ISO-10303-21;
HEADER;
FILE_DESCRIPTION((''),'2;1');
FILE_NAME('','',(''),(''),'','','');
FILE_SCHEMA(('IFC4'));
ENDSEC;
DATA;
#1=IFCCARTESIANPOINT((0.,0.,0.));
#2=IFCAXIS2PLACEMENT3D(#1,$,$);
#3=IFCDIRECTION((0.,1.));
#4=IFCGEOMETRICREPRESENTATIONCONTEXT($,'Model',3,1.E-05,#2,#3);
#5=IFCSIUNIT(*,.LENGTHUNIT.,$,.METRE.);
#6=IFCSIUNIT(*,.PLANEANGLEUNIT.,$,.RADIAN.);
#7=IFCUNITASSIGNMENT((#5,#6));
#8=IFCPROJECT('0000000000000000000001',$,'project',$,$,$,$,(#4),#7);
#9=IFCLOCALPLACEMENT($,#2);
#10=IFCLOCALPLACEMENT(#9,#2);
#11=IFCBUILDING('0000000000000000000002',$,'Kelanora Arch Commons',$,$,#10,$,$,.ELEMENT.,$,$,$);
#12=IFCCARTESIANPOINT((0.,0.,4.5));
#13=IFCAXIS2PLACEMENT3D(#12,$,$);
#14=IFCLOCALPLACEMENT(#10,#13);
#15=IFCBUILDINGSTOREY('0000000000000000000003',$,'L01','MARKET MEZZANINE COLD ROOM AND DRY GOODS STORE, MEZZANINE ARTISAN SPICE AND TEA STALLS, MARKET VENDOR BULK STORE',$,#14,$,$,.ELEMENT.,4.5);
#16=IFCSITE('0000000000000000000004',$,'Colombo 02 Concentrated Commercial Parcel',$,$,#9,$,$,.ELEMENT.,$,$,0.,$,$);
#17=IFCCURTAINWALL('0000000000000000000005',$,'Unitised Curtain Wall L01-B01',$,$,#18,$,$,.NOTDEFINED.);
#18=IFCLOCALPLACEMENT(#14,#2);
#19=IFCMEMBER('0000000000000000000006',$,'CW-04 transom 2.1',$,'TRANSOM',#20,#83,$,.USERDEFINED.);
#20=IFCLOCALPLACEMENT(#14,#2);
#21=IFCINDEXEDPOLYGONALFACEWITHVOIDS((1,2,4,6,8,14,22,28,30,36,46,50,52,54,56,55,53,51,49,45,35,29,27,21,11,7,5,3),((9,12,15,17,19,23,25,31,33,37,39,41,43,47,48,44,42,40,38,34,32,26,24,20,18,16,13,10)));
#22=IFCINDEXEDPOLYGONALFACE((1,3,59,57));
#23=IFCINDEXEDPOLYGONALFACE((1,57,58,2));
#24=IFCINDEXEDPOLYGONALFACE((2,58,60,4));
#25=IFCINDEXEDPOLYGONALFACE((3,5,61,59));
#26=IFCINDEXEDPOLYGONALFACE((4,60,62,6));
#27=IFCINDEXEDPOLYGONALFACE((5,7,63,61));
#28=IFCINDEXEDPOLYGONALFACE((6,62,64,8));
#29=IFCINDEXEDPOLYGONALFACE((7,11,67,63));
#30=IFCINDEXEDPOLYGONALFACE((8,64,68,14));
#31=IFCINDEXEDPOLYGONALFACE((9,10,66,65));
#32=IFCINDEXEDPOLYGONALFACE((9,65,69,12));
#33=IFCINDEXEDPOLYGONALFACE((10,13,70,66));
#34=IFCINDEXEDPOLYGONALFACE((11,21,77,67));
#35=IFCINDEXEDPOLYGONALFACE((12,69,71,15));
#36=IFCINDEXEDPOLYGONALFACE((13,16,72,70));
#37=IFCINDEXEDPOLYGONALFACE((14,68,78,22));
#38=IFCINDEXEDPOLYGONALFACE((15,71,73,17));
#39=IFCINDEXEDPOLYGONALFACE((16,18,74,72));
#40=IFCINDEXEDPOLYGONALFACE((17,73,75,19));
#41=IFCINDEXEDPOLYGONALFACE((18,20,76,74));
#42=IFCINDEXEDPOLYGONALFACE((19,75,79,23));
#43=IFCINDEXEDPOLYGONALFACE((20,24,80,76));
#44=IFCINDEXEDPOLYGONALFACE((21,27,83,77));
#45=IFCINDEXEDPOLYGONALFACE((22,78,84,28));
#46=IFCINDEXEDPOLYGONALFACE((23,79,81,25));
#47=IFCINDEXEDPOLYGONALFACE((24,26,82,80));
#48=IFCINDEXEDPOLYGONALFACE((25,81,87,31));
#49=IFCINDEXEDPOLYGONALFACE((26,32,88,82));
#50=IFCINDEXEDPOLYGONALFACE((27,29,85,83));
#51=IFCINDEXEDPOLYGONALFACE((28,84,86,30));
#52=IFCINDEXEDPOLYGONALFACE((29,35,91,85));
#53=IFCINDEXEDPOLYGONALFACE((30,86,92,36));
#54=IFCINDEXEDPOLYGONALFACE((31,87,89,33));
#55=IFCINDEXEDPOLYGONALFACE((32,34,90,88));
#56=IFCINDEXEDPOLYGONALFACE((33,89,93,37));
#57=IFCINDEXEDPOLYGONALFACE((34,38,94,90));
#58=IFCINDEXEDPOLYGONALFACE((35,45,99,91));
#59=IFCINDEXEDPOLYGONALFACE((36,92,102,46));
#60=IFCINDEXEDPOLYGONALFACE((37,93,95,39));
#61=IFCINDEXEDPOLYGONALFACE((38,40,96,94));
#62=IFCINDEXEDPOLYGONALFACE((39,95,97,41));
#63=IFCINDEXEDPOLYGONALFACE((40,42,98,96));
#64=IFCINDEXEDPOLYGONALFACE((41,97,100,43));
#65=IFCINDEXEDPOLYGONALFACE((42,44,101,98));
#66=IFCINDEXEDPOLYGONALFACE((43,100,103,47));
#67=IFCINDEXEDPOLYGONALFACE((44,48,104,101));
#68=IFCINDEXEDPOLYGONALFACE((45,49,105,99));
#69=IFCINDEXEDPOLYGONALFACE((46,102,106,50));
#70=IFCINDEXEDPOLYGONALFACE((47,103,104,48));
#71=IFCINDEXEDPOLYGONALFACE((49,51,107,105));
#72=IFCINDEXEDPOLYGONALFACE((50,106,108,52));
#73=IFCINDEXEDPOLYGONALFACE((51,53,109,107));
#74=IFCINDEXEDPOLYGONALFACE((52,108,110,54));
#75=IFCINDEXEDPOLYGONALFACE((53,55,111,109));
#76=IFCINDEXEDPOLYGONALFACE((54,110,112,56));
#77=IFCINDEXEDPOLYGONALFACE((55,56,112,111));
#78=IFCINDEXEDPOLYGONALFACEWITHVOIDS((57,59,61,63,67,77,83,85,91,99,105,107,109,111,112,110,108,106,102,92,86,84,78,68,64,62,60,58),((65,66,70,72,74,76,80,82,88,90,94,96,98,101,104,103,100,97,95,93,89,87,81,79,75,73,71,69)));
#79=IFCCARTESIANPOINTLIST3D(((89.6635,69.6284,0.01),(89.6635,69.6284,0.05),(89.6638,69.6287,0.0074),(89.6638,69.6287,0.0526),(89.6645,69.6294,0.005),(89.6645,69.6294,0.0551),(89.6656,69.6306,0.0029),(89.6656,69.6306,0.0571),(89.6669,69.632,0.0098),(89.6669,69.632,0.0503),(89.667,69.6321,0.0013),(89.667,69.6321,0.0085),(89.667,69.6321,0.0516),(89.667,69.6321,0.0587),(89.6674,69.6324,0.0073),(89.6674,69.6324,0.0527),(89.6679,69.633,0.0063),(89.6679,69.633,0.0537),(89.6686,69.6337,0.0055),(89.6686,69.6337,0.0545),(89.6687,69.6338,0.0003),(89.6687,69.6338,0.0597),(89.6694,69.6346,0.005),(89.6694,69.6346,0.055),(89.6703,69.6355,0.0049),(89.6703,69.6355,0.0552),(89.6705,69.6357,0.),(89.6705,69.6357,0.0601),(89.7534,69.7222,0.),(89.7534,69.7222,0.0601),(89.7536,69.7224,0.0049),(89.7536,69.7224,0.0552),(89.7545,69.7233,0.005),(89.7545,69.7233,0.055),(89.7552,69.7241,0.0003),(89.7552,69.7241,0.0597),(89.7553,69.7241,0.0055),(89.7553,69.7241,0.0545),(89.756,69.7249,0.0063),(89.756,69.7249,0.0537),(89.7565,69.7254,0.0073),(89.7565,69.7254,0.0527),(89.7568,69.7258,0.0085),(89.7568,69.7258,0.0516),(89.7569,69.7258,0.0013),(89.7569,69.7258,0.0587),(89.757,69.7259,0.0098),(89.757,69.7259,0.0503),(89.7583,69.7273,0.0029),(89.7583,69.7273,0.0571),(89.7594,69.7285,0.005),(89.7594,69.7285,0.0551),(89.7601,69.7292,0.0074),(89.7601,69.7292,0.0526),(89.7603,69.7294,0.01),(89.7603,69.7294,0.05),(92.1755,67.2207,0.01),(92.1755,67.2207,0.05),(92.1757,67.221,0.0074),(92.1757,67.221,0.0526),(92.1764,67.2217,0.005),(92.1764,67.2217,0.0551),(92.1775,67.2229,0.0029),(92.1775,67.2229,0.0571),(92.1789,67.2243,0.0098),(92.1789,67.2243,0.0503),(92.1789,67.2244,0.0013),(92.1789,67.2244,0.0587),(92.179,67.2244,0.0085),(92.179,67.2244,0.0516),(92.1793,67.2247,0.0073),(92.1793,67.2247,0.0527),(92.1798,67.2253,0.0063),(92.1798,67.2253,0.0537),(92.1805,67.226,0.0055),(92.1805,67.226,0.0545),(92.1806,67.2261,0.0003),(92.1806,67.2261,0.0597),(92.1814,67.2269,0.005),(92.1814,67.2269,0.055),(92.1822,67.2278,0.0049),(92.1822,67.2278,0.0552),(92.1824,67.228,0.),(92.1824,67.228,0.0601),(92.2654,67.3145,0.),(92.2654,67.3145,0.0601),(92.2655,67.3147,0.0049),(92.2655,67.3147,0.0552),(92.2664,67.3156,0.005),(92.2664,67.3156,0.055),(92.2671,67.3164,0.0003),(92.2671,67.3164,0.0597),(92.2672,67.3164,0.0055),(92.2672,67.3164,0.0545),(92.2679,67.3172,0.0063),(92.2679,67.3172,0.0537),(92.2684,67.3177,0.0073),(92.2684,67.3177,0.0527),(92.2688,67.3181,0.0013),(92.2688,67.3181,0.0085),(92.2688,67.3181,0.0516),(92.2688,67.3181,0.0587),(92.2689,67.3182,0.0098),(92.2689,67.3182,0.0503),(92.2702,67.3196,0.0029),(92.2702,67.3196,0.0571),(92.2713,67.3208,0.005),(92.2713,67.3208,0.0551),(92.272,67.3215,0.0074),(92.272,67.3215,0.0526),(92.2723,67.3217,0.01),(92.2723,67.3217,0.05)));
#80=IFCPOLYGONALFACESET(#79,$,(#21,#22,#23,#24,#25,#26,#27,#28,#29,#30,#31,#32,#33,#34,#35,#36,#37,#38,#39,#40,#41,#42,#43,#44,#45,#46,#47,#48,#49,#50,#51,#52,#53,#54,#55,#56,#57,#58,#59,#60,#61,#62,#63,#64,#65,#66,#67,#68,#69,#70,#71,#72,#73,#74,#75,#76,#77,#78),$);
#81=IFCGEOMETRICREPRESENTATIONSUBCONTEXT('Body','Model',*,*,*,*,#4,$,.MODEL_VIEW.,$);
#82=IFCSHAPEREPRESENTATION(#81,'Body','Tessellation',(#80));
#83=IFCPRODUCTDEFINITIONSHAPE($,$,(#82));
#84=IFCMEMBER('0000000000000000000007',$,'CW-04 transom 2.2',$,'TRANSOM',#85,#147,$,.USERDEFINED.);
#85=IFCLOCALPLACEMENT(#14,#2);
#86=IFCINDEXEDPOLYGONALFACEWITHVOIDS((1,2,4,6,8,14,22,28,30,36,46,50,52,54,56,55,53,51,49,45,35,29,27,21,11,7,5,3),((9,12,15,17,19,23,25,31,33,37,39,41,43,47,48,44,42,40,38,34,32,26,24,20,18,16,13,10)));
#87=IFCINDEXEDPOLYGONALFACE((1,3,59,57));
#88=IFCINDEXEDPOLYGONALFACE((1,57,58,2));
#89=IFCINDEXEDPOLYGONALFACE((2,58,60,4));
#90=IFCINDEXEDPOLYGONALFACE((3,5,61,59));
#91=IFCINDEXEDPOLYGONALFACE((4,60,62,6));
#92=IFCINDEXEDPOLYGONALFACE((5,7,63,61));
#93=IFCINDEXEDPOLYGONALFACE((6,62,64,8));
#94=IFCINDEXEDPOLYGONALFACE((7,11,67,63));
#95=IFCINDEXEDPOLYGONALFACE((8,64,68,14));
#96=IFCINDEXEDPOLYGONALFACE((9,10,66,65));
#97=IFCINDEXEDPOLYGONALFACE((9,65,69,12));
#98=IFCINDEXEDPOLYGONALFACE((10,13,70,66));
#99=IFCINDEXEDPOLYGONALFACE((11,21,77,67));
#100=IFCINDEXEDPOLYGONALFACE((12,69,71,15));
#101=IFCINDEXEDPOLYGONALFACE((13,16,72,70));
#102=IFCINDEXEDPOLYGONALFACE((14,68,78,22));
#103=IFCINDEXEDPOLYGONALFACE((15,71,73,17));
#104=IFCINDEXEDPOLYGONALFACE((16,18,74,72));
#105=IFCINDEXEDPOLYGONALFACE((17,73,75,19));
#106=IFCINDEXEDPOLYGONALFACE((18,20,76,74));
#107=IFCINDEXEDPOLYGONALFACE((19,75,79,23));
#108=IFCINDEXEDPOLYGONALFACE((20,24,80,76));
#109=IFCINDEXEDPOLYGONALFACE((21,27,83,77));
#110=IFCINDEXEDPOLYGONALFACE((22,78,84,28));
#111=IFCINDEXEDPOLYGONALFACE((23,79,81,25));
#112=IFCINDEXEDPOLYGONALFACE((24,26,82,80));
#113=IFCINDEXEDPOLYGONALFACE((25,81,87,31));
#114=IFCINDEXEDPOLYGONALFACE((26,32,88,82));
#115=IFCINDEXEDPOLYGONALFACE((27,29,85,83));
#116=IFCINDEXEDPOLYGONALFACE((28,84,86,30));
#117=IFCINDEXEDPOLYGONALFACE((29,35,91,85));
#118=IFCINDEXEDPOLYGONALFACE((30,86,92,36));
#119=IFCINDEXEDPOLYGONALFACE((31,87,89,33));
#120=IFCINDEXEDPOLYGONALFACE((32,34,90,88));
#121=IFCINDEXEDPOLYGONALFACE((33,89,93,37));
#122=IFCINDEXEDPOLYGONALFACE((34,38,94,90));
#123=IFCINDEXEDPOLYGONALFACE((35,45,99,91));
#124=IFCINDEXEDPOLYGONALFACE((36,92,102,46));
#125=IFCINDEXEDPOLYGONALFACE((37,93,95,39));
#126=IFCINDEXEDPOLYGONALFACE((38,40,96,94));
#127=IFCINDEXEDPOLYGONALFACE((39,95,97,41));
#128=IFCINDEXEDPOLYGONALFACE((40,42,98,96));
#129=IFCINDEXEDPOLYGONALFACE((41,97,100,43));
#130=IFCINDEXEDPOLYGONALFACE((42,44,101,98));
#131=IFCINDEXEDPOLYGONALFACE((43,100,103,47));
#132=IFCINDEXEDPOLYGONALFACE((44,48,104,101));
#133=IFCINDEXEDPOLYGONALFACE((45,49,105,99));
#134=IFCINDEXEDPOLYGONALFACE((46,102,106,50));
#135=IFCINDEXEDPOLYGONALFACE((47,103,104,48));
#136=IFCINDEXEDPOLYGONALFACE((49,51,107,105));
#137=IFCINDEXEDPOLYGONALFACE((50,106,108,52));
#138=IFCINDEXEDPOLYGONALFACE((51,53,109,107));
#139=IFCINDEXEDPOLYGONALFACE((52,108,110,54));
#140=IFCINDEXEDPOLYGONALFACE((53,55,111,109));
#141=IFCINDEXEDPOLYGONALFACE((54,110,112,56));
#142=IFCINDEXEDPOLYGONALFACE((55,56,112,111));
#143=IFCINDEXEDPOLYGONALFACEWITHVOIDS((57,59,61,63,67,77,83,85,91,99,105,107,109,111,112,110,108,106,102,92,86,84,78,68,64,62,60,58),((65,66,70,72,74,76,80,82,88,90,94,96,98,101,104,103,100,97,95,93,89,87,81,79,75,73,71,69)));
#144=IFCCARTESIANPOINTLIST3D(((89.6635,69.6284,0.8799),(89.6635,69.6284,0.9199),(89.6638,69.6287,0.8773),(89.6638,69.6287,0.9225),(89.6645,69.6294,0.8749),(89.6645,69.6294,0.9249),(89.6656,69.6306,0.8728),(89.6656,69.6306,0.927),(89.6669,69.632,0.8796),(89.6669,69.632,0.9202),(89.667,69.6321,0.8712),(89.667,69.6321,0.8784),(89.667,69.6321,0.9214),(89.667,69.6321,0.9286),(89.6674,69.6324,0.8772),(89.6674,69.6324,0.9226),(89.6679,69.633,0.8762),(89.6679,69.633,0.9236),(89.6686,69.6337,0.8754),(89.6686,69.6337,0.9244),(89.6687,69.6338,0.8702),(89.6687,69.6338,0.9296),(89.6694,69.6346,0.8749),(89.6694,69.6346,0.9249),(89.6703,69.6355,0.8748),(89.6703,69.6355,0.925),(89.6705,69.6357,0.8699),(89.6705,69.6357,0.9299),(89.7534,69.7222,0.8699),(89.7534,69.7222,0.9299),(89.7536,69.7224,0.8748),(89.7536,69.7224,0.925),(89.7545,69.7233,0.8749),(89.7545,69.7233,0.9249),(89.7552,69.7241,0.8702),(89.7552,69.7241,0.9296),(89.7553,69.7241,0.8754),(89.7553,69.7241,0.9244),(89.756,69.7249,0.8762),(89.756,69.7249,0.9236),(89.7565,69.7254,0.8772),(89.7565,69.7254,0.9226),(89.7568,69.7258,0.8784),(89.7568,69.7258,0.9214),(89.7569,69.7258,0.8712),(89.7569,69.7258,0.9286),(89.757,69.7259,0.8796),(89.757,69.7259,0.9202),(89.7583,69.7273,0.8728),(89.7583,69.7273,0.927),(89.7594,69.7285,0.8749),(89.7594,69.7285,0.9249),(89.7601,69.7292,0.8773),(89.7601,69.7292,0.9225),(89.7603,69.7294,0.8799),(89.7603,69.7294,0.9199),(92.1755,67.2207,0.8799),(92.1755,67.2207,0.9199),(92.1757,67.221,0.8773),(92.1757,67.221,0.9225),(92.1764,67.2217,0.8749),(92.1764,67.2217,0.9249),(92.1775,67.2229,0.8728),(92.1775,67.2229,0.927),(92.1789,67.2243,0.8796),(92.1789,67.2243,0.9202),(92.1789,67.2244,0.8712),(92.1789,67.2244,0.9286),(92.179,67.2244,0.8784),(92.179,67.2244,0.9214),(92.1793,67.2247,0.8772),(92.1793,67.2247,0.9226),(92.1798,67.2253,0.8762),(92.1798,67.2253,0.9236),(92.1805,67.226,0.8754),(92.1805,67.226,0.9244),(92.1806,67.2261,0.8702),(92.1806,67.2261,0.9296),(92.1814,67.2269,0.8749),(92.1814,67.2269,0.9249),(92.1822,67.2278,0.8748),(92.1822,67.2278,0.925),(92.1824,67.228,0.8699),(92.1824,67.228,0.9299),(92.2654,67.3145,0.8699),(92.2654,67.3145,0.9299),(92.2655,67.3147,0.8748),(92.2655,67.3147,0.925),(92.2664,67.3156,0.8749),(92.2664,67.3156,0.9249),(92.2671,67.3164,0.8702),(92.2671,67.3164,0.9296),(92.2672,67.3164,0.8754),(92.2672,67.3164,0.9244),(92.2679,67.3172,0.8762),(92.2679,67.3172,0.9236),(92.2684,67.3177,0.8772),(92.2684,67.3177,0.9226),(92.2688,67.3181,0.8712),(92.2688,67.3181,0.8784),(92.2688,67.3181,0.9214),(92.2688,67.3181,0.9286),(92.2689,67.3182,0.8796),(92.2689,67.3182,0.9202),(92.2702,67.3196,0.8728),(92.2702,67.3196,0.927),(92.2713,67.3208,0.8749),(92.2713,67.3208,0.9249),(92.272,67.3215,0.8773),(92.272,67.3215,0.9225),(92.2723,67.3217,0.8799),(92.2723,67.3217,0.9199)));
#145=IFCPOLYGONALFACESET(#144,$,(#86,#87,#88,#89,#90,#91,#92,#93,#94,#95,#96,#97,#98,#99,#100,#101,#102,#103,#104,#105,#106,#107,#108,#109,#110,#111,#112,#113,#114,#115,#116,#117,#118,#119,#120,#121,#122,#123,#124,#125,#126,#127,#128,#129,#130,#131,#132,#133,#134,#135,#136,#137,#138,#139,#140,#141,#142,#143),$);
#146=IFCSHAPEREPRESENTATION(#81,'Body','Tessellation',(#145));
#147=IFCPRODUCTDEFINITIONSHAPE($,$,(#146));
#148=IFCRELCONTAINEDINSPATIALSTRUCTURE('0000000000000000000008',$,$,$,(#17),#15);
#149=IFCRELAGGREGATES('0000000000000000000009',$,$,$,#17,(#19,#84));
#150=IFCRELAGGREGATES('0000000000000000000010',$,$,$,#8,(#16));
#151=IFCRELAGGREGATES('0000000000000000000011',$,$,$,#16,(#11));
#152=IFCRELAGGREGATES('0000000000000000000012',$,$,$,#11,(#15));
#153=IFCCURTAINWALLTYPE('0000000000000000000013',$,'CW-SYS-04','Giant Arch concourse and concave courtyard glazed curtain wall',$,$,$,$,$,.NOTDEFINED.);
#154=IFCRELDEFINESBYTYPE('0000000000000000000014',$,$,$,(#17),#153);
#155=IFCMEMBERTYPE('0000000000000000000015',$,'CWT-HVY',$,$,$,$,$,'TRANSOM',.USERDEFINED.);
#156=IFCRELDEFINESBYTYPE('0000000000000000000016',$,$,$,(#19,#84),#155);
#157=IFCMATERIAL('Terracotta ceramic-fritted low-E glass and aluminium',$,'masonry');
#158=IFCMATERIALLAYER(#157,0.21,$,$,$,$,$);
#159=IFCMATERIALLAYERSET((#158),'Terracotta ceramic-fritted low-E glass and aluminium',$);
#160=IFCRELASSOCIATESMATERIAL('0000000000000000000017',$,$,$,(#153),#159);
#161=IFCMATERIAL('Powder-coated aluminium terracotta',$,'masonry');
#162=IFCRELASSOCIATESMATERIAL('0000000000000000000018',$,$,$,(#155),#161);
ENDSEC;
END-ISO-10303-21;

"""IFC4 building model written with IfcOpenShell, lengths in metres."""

from ifc_helpers import new_model, si_unit, direction, frame, origin, origin_2d, place, context, subcontext, project, spatial, hollow_rectangle, extrude, material, layer, layer_set, material_profile, profile_set, type_object, element, aggregate, save


model = new_model("IFC4")

# Units and contexts
model_context = context("Model", 3, precision=1e-05, world=origin(), true_north=direction((0.0, 1.0)))
body_context = subcontext(model_context, "Body", "Model", "MODEL_VIEW")
ifc_project = project(units=[si_unit("LENGTHUNIT", "METRE"), si_unit("PLANEANGLEUNIT", "RADIAN")], contexts=[model_context])

# Site, building, storey
site_placement = place(None, origin())
site = spatial("IfcSite", under=ifc_project, at=site_placement, Name="Colombo 02 Concentrated Commercial Parcel", CompositionType="ELEMENT", RefElevation=0.0)
building_placement = place(site_placement, origin())
building = spatial("IfcBuilding", under=site, at=building_placement, Name="Kelanora Arch Commons", CompositionType="ELEMENT")
storey_placement = place(building_placement, frame((0.0, 0.0, 4.5)))
storey = spatial("IfcBuildingStorey", under=building, at=storey_placement, Name="L01", Description="MARKET MEZZANINE COLD ROOM AND DRY GOODS STORE, MEZZANINE ARTISAN SPICE AND TEA STALLS, MARKET VENDOR BULK STORE", CompositionType="ELEMENT", Elevation=4.5)

# Curtain wall
ifc_material_1 = material(Name="Terracotta ceramic-fritted low-E glass and aluminium", Category="masonry")
ifc_layer_1 = layer(ifc_material_1, 0.21)
ifc_layer_set_1 = layer_set([ifc_layer_1], Name="Terracotta ceramic-fritted low-E glass and aluminium")
curtain_wall_type = type_object("IfcCurtainWallType", Name="CW-SYS-04", Description="Giant Arch concourse and concave courtyard glazed curtain wall", PredefinedType="NOTDEFINED", material=ifc_layer_set_1)
curtain_wall_1_placement = place(storey_placement, origin())
curtain_wall_1 = element("IfcCurtainWall", 1, at=curtain_wall_1_placement, inside=storey, type_object=curtain_wall_type, Name="Unitised Curtain Wall L01-B01", PredefinedType="NOTDEFINED")
ifc_material_2 = material(Name="Powder-coated aluminium terracotta", Category="masonry")

# Members
ifc_material_profile_1 = material_profile(ifc_material_2, hollow_rectangle(XDim=0.1399, YDim=0.0601, WallThickness=0.0049, InnerFilletRadius=0.0049, OuterFilletRadius=0.01, at=origin_2d()), Name="CWT140x60")
ifc_profile_set_1 = profile_set([ifc_material_profile_1], Name="Powder-coated aluminium terracotta")
member_type_1 = type_object("IfcMemberType", Name="CWT-HVY", ElementType="TRANSOM", PredefinedType="USERDEFINED", material=ifc_profile_set_1)
member_1_placement = place(storey_placement, frame((92.2239, 67.2712, 0.03), z_axis=(-0.721928, 0.691968, 0.0), x_axis=(-0.691968, -0.721928, 0.0)))
member_1 = element("IfcMember", 2, at=member_1_placement, type_object=member_type_1, Name="CW-04 transom 2.1", ObjectType="TRANSOM", PredefinedType="USERDEFINED", context=body_context, shape_type="SweptSolid", body=[
    extrude(hollow_rectangle(XDim=0.1399, YDim=0.0601, WallThickness=0.0049, InnerFilletRadius=0.0049, OuterFilletRadius=0.01, at=origin_2d()), origin(), (0.0, 0.0, 1.0), 3.4795),
])
member_2_placement = place(storey_placement, frame((92.2239, 67.2712, 0.8999), z_axis=(-0.721928, 0.691968, 0.0), x_axis=(-0.691968, -0.721928, 0.0)))
member_2 = element("IfcMember", 3, at=member_2_placement, type_object=member_type_1, Name="CW-04 transom 2.2", ObjectType="TRANSOM", PredefinedType="USERDEFINED", context=body_context, shape_type="SweptSolid", body=[
    extrude(hollow_rectangle(XDim=0.1399, YDim=0.0601, WallThickness=0.0049, InnerFilletRadius=0.0049, OuterFilletRadius=0.01, at=origin_2d()), origin(), (0.0, 0.0, 1.0), 3.4795),
])

aggregate(curtain_wall_1, [member_1, member_2])

save(model, "model.ifc")
